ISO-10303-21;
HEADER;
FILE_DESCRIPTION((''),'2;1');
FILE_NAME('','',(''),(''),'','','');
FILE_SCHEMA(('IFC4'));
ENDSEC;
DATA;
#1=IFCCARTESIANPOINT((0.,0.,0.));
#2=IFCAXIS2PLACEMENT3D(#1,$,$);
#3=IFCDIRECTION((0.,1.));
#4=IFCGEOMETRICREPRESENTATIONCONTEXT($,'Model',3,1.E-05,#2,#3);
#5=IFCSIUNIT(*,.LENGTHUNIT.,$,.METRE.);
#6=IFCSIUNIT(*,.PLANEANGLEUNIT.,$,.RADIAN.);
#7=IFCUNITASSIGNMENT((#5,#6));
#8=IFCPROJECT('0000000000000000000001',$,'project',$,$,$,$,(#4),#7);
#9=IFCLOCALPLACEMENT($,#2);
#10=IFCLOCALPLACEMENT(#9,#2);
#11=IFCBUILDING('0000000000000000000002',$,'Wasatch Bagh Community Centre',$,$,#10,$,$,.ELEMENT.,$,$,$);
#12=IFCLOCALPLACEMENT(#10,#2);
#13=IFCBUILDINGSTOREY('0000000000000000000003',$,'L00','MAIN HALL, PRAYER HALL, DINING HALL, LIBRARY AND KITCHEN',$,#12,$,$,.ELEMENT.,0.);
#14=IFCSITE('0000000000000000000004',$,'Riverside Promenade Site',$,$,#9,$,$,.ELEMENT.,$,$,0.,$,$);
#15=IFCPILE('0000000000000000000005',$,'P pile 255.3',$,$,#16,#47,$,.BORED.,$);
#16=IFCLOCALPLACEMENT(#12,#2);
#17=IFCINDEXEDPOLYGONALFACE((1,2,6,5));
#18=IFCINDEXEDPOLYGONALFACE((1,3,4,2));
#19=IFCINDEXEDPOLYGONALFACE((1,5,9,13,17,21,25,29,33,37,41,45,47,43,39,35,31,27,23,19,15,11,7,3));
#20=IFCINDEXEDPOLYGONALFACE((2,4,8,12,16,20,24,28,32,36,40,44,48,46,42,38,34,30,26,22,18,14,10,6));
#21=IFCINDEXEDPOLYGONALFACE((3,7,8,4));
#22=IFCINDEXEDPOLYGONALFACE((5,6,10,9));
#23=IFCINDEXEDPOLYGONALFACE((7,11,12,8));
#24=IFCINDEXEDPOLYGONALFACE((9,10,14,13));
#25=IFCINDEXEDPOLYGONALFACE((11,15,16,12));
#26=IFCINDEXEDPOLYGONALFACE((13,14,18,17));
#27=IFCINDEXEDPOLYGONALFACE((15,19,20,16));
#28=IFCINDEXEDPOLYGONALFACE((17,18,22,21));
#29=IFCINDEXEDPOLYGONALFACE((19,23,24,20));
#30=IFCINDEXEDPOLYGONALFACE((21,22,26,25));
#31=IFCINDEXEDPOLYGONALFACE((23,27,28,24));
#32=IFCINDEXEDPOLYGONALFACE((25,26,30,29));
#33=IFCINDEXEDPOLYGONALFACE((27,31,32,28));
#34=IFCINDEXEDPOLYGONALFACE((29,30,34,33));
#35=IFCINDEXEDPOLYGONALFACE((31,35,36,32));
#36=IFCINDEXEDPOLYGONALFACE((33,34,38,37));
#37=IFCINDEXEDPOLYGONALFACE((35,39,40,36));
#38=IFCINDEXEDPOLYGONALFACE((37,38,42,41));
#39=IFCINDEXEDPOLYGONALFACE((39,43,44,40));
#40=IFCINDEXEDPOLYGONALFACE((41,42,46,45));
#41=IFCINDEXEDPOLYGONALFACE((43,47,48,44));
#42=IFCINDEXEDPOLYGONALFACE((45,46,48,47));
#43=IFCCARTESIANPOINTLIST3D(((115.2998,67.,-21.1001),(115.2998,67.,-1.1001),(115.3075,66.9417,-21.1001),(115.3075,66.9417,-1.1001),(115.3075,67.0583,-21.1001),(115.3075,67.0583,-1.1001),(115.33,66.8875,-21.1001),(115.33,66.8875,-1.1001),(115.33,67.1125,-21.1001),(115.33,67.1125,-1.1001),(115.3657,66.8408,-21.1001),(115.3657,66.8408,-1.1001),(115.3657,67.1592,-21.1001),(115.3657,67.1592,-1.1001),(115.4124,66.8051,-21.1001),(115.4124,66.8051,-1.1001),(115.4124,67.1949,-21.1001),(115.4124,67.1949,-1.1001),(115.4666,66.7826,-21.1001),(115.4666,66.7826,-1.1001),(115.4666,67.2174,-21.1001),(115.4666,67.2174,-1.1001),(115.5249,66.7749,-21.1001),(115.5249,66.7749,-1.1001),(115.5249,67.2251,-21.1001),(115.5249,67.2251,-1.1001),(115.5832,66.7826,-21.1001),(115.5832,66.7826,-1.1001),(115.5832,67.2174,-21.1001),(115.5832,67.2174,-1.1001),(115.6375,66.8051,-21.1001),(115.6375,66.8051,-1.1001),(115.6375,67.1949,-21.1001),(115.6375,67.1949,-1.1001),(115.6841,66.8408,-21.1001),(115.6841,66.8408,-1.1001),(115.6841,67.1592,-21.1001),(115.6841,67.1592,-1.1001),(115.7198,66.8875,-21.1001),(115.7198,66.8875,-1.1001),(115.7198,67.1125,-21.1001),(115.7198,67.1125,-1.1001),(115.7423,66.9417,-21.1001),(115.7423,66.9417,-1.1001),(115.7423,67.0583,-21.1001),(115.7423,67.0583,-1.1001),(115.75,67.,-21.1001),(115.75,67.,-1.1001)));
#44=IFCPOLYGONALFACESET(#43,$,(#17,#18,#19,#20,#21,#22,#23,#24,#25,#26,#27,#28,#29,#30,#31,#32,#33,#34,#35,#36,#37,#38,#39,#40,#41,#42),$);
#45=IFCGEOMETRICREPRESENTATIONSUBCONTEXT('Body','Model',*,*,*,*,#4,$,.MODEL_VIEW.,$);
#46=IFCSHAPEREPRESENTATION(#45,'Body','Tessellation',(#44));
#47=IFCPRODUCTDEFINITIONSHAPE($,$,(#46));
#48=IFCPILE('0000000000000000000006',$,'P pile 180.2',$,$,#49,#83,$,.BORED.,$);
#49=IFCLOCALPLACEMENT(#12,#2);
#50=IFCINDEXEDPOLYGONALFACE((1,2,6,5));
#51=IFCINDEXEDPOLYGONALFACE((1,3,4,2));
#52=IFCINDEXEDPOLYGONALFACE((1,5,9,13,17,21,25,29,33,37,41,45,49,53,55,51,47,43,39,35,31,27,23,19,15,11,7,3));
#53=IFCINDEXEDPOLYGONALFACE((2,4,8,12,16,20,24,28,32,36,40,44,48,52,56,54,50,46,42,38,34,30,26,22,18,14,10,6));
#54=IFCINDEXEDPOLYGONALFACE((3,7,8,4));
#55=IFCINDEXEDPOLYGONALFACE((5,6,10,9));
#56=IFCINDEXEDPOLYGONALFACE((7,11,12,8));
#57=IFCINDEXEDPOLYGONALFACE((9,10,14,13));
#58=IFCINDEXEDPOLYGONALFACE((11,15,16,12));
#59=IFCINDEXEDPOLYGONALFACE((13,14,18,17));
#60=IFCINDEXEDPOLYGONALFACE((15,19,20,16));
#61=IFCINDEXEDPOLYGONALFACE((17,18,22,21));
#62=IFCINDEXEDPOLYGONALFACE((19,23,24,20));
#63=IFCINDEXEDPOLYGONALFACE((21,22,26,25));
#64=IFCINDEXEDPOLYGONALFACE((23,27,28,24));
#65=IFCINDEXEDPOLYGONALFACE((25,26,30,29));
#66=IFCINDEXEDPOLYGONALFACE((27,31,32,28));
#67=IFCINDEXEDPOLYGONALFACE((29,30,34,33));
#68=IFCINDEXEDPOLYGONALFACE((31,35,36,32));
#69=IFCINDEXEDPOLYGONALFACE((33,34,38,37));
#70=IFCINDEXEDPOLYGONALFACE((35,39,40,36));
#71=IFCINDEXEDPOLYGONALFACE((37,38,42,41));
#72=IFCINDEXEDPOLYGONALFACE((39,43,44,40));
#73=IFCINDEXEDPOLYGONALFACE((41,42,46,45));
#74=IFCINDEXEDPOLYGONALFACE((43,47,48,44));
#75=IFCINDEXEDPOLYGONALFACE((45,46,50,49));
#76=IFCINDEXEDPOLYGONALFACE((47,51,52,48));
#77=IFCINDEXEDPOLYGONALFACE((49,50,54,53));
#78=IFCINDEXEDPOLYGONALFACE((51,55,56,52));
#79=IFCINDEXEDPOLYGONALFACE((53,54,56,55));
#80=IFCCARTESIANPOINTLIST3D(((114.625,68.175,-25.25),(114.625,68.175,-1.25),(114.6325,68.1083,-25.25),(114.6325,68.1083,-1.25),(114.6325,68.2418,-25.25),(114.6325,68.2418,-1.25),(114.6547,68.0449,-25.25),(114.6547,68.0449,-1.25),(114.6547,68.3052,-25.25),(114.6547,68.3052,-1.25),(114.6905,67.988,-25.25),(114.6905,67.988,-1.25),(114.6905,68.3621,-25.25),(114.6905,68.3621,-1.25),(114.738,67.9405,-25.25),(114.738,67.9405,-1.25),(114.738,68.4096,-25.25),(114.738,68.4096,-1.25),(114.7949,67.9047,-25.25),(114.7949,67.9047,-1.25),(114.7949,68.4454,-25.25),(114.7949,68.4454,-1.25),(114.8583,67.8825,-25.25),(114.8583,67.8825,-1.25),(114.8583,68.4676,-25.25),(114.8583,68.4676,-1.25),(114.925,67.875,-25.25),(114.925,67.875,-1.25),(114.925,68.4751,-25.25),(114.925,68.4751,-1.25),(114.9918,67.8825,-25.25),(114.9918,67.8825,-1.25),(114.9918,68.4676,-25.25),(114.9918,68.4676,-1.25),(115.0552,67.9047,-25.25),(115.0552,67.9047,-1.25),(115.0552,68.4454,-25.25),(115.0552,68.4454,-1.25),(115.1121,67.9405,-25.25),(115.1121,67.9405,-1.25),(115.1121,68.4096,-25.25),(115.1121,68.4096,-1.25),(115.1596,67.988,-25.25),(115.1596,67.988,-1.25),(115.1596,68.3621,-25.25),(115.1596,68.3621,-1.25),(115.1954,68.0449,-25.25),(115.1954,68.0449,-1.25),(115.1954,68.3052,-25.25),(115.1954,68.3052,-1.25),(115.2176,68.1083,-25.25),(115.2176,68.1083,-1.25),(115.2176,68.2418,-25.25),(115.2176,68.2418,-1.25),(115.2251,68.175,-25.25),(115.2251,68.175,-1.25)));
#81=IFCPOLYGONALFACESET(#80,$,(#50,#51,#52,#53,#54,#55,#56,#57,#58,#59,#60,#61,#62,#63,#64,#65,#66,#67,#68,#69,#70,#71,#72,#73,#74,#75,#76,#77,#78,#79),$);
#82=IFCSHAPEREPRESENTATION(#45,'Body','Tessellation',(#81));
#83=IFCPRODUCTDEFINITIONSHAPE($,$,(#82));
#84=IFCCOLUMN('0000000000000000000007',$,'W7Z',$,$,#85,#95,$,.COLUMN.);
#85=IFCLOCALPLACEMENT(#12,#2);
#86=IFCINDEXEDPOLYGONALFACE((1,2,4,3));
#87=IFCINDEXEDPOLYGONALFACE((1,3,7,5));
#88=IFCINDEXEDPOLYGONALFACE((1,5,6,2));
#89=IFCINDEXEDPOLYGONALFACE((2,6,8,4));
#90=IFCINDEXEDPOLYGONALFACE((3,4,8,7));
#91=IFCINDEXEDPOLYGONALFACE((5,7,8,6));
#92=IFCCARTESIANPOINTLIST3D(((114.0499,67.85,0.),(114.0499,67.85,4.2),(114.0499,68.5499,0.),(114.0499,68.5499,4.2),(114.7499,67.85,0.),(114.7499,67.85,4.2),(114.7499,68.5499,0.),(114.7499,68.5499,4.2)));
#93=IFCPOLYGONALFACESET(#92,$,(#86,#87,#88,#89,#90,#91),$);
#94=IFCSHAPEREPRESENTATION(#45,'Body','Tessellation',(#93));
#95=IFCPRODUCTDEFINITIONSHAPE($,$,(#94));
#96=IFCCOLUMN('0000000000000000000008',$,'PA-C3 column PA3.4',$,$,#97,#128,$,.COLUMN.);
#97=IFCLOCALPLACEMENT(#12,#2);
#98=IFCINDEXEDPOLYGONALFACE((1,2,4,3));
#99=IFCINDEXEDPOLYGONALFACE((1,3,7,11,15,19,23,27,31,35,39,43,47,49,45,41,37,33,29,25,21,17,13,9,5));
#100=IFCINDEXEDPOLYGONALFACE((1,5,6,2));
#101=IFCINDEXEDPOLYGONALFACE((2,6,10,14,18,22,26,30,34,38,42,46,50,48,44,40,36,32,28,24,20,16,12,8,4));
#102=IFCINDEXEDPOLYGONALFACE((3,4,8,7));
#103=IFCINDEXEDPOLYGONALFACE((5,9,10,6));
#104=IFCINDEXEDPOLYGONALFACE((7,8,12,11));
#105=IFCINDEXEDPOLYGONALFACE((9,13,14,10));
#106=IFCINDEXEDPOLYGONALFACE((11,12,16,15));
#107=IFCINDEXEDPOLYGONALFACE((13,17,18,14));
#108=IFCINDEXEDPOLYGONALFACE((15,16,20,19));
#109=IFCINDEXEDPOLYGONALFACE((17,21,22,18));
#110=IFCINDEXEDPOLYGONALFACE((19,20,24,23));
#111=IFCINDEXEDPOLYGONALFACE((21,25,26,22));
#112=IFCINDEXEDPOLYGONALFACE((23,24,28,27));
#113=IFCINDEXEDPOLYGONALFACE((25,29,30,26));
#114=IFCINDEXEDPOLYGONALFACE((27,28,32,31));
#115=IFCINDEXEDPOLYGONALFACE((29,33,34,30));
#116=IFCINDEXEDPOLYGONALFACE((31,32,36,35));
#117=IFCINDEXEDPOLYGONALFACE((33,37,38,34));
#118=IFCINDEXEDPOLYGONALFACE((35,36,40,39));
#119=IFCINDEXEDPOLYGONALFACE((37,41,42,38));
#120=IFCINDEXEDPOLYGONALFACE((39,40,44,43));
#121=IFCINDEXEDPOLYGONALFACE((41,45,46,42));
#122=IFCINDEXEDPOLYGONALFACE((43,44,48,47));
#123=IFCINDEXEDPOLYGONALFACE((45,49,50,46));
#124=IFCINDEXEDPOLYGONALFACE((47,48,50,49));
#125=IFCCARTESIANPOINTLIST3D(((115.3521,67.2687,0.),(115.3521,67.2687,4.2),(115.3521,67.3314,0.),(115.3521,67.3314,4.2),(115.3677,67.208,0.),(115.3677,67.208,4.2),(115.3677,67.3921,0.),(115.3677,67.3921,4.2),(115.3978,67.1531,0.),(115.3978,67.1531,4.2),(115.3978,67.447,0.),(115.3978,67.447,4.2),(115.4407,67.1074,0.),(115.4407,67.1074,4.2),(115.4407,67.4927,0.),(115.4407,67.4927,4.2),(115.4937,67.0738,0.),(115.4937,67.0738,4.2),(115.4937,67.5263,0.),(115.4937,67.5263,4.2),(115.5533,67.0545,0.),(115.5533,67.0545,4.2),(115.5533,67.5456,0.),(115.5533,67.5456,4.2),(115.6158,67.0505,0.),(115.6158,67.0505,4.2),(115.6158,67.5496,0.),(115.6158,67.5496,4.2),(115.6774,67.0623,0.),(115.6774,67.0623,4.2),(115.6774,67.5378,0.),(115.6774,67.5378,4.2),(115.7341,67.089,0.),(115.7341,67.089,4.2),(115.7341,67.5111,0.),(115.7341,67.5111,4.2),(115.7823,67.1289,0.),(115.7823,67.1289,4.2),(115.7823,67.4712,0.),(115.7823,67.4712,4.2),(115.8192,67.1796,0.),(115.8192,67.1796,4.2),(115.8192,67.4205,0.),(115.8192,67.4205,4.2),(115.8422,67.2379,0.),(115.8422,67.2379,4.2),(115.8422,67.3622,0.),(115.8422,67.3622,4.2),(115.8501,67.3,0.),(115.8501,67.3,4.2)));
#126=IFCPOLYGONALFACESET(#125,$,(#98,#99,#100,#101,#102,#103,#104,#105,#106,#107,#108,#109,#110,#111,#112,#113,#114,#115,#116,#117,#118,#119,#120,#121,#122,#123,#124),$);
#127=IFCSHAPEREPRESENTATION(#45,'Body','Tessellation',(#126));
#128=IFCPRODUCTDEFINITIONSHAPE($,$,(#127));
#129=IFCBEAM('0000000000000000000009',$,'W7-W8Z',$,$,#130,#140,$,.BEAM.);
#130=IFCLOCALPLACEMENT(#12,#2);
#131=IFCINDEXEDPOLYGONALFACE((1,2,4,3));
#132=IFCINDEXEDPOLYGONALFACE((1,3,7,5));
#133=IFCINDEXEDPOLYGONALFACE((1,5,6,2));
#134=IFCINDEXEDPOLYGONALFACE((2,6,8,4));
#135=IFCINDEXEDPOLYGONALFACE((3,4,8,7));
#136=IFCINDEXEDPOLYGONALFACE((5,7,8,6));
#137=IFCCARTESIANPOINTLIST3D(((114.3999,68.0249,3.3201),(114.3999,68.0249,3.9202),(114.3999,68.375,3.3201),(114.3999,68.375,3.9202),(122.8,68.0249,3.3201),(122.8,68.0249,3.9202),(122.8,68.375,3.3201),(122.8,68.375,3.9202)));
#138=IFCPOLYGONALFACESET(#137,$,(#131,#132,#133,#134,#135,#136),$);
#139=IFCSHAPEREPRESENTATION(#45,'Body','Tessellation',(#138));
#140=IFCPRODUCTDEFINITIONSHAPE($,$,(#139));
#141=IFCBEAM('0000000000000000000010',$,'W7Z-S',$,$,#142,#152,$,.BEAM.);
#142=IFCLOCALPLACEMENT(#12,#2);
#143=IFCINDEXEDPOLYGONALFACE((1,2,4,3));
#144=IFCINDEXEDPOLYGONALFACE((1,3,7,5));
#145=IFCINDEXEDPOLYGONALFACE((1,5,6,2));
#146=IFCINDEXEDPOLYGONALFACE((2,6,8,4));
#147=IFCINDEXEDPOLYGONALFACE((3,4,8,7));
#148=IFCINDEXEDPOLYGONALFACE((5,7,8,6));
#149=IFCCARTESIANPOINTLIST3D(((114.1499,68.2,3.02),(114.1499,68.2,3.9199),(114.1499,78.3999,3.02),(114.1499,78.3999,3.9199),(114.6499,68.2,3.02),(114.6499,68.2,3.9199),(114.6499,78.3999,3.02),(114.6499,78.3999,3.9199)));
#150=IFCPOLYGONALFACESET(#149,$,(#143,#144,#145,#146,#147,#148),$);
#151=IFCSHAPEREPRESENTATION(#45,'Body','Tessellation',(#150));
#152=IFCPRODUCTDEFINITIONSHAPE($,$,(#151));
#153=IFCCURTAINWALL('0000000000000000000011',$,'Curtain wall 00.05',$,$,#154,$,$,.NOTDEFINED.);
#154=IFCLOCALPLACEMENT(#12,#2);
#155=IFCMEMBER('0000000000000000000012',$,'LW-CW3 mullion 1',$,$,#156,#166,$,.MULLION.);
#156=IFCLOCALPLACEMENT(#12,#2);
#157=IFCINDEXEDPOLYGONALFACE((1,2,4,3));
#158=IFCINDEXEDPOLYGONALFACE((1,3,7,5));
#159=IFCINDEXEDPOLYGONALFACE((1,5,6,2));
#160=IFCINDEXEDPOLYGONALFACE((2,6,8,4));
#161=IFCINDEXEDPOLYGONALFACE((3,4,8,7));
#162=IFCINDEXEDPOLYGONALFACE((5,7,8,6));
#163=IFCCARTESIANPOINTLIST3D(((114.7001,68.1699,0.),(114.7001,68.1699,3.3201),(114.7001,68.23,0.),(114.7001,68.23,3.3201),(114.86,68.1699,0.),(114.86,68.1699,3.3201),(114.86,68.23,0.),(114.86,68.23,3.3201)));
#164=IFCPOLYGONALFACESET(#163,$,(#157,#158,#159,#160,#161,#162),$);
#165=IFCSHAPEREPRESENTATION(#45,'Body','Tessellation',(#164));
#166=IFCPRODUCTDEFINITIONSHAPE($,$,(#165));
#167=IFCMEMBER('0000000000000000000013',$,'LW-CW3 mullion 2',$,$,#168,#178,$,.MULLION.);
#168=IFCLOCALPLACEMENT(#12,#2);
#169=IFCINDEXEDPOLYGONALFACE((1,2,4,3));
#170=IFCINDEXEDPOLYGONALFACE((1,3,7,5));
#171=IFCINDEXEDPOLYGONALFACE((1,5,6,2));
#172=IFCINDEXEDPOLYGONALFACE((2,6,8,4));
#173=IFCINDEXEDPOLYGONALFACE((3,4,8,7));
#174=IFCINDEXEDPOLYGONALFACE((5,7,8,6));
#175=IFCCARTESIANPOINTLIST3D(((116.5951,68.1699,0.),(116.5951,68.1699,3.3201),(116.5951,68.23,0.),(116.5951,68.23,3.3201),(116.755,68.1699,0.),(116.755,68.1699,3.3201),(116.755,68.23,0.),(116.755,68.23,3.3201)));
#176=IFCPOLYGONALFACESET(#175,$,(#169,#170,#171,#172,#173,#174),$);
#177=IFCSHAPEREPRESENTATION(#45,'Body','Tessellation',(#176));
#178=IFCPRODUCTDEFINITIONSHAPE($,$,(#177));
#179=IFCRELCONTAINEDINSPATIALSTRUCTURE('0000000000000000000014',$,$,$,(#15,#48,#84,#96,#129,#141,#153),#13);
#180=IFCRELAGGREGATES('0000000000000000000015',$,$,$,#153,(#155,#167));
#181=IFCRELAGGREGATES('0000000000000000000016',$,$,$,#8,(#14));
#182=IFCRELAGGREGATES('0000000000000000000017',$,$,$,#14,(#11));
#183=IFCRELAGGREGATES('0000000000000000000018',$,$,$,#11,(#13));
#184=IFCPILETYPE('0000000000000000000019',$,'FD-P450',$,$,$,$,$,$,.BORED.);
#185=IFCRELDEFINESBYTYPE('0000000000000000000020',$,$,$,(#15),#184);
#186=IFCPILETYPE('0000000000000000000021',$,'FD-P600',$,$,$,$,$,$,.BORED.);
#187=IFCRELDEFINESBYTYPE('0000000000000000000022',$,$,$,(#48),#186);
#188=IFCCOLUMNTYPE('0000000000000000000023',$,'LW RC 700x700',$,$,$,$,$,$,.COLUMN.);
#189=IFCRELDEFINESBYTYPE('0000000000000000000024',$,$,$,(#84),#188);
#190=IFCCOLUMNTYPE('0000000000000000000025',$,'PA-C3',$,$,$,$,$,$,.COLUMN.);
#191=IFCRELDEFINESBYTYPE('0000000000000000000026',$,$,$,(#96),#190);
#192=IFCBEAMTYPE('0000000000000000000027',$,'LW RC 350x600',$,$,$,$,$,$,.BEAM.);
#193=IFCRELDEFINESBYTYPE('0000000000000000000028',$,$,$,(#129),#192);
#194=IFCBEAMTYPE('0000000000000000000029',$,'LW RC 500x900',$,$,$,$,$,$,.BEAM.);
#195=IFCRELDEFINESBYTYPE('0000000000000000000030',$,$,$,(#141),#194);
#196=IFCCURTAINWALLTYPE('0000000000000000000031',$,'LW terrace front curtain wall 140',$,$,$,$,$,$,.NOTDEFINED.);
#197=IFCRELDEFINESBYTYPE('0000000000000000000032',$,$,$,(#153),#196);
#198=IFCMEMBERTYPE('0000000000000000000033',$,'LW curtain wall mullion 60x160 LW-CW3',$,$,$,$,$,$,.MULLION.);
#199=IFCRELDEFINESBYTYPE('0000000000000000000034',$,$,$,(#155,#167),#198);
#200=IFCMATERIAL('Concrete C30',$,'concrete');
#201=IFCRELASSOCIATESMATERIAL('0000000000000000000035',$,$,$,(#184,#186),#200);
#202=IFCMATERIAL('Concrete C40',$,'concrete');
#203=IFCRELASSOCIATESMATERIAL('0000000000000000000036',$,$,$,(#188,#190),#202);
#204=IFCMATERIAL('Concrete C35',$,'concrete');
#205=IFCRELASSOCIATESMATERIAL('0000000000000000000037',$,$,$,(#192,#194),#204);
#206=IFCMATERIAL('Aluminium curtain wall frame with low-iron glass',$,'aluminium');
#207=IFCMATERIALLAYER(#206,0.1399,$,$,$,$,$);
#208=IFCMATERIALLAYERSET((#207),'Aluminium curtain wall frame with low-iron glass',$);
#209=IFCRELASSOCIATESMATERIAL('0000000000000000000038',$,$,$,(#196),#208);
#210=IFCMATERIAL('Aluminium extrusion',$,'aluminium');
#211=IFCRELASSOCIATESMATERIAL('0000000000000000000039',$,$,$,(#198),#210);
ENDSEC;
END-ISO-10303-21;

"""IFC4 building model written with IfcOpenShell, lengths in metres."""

from ifc_helpers import new_model, si_unit, direction, frame, origin, origin_2d, place, context, subcontext, project, spatial, rectangle, circle, extrude, material, layer, layer_set, material_profile, profile_set, type_object, element, aggregate, save


model = new_model("IFC4")

# Units and contexts
model_context = context("Model", 3, precision=1e-05, world=origin(), true_north=direction((0.0, 1.0)))
body_context = subcontext(model_context, "Body", "Model", "MODEL_VIEW")
ifc_project = project(units=[si_unit("LENGTHUNIT", "METRE"), si_unit("PLANEANGLEUNIT", "RADIAN")], contexts=[model_context])

# Site, building, storey
site_placement = place(None, origin())
site = spatial("IfcSite", under=ifc_project, at=site_placement, Name="Riverside Promenade Site", CompositionType="ELEMENT", RefElevation=0.0)
building_placement = place(site_placement, origin())
building = spatial("IfcBuilding", under=site, at=building_placement, Name="Wasatch Bagh Community Centre", CompositionType="ELEMENT")
storey_placement = place(building_placement, origin())
storey = spatial("IfcBuildingStorey", under=building, at=storey_placement, Name="L00", Description="MAIN HALL, PRAYER HALL, DINING HALL, LIBRARY AND KITCHEN", CompositionType="ELEMENT", Elevation=0.0)

# Piles
ifc_material_1 = material(Name="Concrete C30", Category="concrete")
ifc_material_profile_1 = material_profile(ifc_material_1, circle(Radius=0.2251, at=origin_2d()), Name="RC D450")
ifc_profile_set_1 = profile_set([ifc_material_profile_1], Name="Concrete C30")
pile_type_1 = type_object("IfcPileType", Name="FD-P450", PredefinedType="BORED", material=ifc_profile_set_1)
pile_1_placement = place(storey_placement, frame((115.5249, 67.0, -1.1001), z_axis=(0.0, 0.0, -1.0), x_axis=(1.0, 0.0, 0.0)))
element("IfcPile", 1, at=pile_1_placement, inside=storey, type_object=pile_type_1, Name="P pile 255.3", PredefinedType="BORED", context=body_context, shape_type="SweptSolid", body=[
    extrude(circle(Radius=0.2251, at=origin_2d()), origin(), (0.0, 0.0, 1.0), 20.0),
])
ifc_material_profile_2 = material_profile(ifc_material_1, circle(Radius=0.3, at=origin_2d()), Name="RC D600")
ifc_profile_set_2 = profile_set([ifc_material_profile_2], Name="Concrete C30")
pile_type_2 = type_object("IfcPileType", Name="FD-P600", PredefinedType="BORED", material=ifc_profile_set_2)
pile_2_placement = place(storey_placement, frame((114.925, 68.175, -1.25), z_axis=(0.0, 0.0, -1.0), x_axis=(1.0, 0.0, 0.0)))
element("IfcPile", 2, at=pile_2_placement, inside=storey, type_object=pile_type_2, Name="P pile 180.2", PredefinedType="BORED", context=body_context, shape_type="SweptSolid", body=[
    extrude(circle(Radius=0.3, at=origin_2d()), origin(), (0.0, 0.0, 1.0), 24.0),
])

# Columns
ifc_material_2 = material(Name="Concrete C40", Category="concrete")
ifc_material_profile_3 = material_profile(ifc_material_2, rectangle(XDim=0.7, YDim=0.7, at=origin_2d()), Name="RC 700x700")
ifc_profile_set_3 = profile_set([ifc_material_profile_3], Name="Concrete C40")
column_type_1 = type_object("IfcColumnType", Name="LW RC 700x700", PredefinedType="COLUMN", material=ifc_profile_set_3)
column_1_placement = place(storey_placement, frame((114.3999, 68.2, 0.0), z_axis=(0.0, 0.0, 1.0), x_axis=(1.0, 0.0, 0.0)))
element("IfcColumn", 3, at=column_1_placement, inside=storey, type_object=column_type_1, Name="W7Z", PredefinedType="COLUMN", context=body_context, shape_type="SweptSolid", body=[
    extrude(rectangle(XDim=0.7, YDim=0.7, at=origin_2d()), origin(), (0.0, 0.0, 1.0), 4.2),
])
ifc_material_profile_4 = material_profile(ifc_material_2, circle(Radius=0.25, at=origin_2d()), Name="RC D500")
ifc_profile_set_4 = profile_set([ifc_material_profile_4], Name="Concrete C40")
column_type_2 = type_object("IfcColumnType", Name="PA-C3", PredefinedType="COLUMN", material=ifc_profile_set_4)
column_2_placement = place(storey_placement, frame((115.6001, 67.3, 0.0), z_axis=(0.0, 0.0, 1.0), x_axis=(1.0, 0.0, 0.0)))
element("IfcColumn", 4, at=column_2_placement, inside=storey, type_object=column_type_2, Name="PA-C3 column PA3.4", PredefinedType="COLUMN", context=body_context, shape_type="SweptSolid", body=[
    extrude(circle(Radius=0.25, at=origin_2d()), origin(), (0.0, 0.0, 1.0), 4.2),
])

# Beams
ifc_material_3 = material(Name="Concrete C35", Category="concrete")
ifc_material_profile_5 = material_profile(ifc_material_3, rectangle(XDim=0.3501, YDim=0.6001, at=origin_2d()), Name="RC 350x600")
ifc_profile_set_5 = profile_set([ifc_material_profile_5], Name="Concrete C35")
beam_type_1 = type_object("IfcBeamType", Name="LW RC 350x600", PredefinedType="BEAM", material=ifc_profile_set_5)
beam_1_placement = place(storey_placement, frame((114.3999, 68.2, 3.6201), z_axis=(1.0, 0.0, 0.0), x_axis=(0.0, 1.0, 0.0)))
element("IfcBeam", 5, at=beam_1_placement, inside=storey, type_object=beam_type_1, Name="W7-W8Z", PredefinedType="BEAM", context=body_context, shape_type="SweptSolid", body=[
    extrude(rectangle(XDim=0.3501, YDim=0.6001, at=origin_2d()), origin(), (0.0, 0.0, 1.0), 8.4001),
])
ifc_material_profile_6 = material_profile(ifc_material_3, rectangle(XDim=0.5, YDim=0.8999, at=origin_2d()), Name="RC 500x900")
ifc_profile_set_6 = profile_set([ifc_material_profile_6], Name="Concrete C35")
beam_type_2 = type_object("IfcBeamType", Name="LW RC 500x900", PredefinedType="BEAM", material=ifc_profile_set_6)
beam_2_placement = place(storey_placement, frame((114.3999, 68.2, 3.47), z_axis=(0.0, 1.0, 0.0), x_axis=(-1.0, 0.0, 0.0)))
element("IfcBeam", 6, at=beam_2_placement, inside=storey, type_object=beam_type_2, Name="W7Z-S", PredefinedType="BEAM", context=body_context, shape_type="SweptSolid", body=[
    extrude(rectangle(XDim=0.5, YDim=0.8999, at=origin_2d()), origin(), (0.0, 0.0, 1.0), 10.2),
])

# Curtain wall, members
ifc_material_4 = material(Name="Aluminium curtain wall frame with low-iron glass", Category="aluminium")
ifc_layer_1 = layer(ifc_material_4, 0.1399)
ifc_layer_set_1 = layer_set([ifc_layer_1], Name="Aluminium curtain wall frame with low-iron glass")
curtain_wall_type = type_object("IfcCurtainWallType", Name="LW terrace front curtain wall 140", PredefinedType="NOTDEFINED", material=ifc_layer_set_1)
curtain_wall_placement = place(storey_placement, origin())
curtain_wall = element("IfcCurtainWall", 7, at=curtain_wall_placement, inside=storey, type_object=curtain_wall_type, Name="Curtain wall 00.05", PredefinedType="NOTDEFINED")
ifc_material_5 = material(Name="Aluminium extrusion", Category="aluminium")
ifc_material_profile_7 = material_profile(ifc_material_5, rectangle(XDim=0.0601, YDim=0.1599, at=origin_2d()), Name="AL 60x160")
ifc_profile_set_7 = profile_set([ifc_material_profile_7], Name="Aluminium extrusion")
member_type_1 = type_object("IfcMemberType", Name="LW curtain wall mullion 60x160 LW-CW3", PredefinedType="MULLION", material=ifc_profile_set_7)
member_1_placement = place(storey_placement, frame((114.78, 68.2, 0.0), z_axis=(0.0, 0.0, 1.0), x_axis=(0.0, 1.0, 0.0)))
member_1 = element("IfcMember", 8, at=member_1_placement, type_object=member_type_1, Name="LW-CW3 mullion 1", PredefinedType="MULLION", context=body_context, shape_type="SweptSolid", body=[
    extrude(rectangle(XDim=0.0601, YDim=0.1599, at=origin_2d()), origin(), (0.0, 0.0, 1.0), 3.3201),
])
member_2_placement = place(storey_placement, frame((116.675, 68.2, 0.0), z_axis=(0.0, 0.0, 1.0), x_axis=(0.0, 1.0, 0.0)))
member_2 = element("IfcMember", 9, at=member_2_placement, type_object=member_type_1, Name="LW-CW3 mullion 2", PredefinedType="MULLION", context=body_context, shape_type="SweptSolid", body=[
    extrude(rectangle(XDim=0.0601, YDim=0.1599, at=origin_2d()), origin(), (0.0, 0.0, 1.0), 3.3201),
])
aggregate(curtain_wall, [member_1, member_2])

save(model, "model.ifc")
